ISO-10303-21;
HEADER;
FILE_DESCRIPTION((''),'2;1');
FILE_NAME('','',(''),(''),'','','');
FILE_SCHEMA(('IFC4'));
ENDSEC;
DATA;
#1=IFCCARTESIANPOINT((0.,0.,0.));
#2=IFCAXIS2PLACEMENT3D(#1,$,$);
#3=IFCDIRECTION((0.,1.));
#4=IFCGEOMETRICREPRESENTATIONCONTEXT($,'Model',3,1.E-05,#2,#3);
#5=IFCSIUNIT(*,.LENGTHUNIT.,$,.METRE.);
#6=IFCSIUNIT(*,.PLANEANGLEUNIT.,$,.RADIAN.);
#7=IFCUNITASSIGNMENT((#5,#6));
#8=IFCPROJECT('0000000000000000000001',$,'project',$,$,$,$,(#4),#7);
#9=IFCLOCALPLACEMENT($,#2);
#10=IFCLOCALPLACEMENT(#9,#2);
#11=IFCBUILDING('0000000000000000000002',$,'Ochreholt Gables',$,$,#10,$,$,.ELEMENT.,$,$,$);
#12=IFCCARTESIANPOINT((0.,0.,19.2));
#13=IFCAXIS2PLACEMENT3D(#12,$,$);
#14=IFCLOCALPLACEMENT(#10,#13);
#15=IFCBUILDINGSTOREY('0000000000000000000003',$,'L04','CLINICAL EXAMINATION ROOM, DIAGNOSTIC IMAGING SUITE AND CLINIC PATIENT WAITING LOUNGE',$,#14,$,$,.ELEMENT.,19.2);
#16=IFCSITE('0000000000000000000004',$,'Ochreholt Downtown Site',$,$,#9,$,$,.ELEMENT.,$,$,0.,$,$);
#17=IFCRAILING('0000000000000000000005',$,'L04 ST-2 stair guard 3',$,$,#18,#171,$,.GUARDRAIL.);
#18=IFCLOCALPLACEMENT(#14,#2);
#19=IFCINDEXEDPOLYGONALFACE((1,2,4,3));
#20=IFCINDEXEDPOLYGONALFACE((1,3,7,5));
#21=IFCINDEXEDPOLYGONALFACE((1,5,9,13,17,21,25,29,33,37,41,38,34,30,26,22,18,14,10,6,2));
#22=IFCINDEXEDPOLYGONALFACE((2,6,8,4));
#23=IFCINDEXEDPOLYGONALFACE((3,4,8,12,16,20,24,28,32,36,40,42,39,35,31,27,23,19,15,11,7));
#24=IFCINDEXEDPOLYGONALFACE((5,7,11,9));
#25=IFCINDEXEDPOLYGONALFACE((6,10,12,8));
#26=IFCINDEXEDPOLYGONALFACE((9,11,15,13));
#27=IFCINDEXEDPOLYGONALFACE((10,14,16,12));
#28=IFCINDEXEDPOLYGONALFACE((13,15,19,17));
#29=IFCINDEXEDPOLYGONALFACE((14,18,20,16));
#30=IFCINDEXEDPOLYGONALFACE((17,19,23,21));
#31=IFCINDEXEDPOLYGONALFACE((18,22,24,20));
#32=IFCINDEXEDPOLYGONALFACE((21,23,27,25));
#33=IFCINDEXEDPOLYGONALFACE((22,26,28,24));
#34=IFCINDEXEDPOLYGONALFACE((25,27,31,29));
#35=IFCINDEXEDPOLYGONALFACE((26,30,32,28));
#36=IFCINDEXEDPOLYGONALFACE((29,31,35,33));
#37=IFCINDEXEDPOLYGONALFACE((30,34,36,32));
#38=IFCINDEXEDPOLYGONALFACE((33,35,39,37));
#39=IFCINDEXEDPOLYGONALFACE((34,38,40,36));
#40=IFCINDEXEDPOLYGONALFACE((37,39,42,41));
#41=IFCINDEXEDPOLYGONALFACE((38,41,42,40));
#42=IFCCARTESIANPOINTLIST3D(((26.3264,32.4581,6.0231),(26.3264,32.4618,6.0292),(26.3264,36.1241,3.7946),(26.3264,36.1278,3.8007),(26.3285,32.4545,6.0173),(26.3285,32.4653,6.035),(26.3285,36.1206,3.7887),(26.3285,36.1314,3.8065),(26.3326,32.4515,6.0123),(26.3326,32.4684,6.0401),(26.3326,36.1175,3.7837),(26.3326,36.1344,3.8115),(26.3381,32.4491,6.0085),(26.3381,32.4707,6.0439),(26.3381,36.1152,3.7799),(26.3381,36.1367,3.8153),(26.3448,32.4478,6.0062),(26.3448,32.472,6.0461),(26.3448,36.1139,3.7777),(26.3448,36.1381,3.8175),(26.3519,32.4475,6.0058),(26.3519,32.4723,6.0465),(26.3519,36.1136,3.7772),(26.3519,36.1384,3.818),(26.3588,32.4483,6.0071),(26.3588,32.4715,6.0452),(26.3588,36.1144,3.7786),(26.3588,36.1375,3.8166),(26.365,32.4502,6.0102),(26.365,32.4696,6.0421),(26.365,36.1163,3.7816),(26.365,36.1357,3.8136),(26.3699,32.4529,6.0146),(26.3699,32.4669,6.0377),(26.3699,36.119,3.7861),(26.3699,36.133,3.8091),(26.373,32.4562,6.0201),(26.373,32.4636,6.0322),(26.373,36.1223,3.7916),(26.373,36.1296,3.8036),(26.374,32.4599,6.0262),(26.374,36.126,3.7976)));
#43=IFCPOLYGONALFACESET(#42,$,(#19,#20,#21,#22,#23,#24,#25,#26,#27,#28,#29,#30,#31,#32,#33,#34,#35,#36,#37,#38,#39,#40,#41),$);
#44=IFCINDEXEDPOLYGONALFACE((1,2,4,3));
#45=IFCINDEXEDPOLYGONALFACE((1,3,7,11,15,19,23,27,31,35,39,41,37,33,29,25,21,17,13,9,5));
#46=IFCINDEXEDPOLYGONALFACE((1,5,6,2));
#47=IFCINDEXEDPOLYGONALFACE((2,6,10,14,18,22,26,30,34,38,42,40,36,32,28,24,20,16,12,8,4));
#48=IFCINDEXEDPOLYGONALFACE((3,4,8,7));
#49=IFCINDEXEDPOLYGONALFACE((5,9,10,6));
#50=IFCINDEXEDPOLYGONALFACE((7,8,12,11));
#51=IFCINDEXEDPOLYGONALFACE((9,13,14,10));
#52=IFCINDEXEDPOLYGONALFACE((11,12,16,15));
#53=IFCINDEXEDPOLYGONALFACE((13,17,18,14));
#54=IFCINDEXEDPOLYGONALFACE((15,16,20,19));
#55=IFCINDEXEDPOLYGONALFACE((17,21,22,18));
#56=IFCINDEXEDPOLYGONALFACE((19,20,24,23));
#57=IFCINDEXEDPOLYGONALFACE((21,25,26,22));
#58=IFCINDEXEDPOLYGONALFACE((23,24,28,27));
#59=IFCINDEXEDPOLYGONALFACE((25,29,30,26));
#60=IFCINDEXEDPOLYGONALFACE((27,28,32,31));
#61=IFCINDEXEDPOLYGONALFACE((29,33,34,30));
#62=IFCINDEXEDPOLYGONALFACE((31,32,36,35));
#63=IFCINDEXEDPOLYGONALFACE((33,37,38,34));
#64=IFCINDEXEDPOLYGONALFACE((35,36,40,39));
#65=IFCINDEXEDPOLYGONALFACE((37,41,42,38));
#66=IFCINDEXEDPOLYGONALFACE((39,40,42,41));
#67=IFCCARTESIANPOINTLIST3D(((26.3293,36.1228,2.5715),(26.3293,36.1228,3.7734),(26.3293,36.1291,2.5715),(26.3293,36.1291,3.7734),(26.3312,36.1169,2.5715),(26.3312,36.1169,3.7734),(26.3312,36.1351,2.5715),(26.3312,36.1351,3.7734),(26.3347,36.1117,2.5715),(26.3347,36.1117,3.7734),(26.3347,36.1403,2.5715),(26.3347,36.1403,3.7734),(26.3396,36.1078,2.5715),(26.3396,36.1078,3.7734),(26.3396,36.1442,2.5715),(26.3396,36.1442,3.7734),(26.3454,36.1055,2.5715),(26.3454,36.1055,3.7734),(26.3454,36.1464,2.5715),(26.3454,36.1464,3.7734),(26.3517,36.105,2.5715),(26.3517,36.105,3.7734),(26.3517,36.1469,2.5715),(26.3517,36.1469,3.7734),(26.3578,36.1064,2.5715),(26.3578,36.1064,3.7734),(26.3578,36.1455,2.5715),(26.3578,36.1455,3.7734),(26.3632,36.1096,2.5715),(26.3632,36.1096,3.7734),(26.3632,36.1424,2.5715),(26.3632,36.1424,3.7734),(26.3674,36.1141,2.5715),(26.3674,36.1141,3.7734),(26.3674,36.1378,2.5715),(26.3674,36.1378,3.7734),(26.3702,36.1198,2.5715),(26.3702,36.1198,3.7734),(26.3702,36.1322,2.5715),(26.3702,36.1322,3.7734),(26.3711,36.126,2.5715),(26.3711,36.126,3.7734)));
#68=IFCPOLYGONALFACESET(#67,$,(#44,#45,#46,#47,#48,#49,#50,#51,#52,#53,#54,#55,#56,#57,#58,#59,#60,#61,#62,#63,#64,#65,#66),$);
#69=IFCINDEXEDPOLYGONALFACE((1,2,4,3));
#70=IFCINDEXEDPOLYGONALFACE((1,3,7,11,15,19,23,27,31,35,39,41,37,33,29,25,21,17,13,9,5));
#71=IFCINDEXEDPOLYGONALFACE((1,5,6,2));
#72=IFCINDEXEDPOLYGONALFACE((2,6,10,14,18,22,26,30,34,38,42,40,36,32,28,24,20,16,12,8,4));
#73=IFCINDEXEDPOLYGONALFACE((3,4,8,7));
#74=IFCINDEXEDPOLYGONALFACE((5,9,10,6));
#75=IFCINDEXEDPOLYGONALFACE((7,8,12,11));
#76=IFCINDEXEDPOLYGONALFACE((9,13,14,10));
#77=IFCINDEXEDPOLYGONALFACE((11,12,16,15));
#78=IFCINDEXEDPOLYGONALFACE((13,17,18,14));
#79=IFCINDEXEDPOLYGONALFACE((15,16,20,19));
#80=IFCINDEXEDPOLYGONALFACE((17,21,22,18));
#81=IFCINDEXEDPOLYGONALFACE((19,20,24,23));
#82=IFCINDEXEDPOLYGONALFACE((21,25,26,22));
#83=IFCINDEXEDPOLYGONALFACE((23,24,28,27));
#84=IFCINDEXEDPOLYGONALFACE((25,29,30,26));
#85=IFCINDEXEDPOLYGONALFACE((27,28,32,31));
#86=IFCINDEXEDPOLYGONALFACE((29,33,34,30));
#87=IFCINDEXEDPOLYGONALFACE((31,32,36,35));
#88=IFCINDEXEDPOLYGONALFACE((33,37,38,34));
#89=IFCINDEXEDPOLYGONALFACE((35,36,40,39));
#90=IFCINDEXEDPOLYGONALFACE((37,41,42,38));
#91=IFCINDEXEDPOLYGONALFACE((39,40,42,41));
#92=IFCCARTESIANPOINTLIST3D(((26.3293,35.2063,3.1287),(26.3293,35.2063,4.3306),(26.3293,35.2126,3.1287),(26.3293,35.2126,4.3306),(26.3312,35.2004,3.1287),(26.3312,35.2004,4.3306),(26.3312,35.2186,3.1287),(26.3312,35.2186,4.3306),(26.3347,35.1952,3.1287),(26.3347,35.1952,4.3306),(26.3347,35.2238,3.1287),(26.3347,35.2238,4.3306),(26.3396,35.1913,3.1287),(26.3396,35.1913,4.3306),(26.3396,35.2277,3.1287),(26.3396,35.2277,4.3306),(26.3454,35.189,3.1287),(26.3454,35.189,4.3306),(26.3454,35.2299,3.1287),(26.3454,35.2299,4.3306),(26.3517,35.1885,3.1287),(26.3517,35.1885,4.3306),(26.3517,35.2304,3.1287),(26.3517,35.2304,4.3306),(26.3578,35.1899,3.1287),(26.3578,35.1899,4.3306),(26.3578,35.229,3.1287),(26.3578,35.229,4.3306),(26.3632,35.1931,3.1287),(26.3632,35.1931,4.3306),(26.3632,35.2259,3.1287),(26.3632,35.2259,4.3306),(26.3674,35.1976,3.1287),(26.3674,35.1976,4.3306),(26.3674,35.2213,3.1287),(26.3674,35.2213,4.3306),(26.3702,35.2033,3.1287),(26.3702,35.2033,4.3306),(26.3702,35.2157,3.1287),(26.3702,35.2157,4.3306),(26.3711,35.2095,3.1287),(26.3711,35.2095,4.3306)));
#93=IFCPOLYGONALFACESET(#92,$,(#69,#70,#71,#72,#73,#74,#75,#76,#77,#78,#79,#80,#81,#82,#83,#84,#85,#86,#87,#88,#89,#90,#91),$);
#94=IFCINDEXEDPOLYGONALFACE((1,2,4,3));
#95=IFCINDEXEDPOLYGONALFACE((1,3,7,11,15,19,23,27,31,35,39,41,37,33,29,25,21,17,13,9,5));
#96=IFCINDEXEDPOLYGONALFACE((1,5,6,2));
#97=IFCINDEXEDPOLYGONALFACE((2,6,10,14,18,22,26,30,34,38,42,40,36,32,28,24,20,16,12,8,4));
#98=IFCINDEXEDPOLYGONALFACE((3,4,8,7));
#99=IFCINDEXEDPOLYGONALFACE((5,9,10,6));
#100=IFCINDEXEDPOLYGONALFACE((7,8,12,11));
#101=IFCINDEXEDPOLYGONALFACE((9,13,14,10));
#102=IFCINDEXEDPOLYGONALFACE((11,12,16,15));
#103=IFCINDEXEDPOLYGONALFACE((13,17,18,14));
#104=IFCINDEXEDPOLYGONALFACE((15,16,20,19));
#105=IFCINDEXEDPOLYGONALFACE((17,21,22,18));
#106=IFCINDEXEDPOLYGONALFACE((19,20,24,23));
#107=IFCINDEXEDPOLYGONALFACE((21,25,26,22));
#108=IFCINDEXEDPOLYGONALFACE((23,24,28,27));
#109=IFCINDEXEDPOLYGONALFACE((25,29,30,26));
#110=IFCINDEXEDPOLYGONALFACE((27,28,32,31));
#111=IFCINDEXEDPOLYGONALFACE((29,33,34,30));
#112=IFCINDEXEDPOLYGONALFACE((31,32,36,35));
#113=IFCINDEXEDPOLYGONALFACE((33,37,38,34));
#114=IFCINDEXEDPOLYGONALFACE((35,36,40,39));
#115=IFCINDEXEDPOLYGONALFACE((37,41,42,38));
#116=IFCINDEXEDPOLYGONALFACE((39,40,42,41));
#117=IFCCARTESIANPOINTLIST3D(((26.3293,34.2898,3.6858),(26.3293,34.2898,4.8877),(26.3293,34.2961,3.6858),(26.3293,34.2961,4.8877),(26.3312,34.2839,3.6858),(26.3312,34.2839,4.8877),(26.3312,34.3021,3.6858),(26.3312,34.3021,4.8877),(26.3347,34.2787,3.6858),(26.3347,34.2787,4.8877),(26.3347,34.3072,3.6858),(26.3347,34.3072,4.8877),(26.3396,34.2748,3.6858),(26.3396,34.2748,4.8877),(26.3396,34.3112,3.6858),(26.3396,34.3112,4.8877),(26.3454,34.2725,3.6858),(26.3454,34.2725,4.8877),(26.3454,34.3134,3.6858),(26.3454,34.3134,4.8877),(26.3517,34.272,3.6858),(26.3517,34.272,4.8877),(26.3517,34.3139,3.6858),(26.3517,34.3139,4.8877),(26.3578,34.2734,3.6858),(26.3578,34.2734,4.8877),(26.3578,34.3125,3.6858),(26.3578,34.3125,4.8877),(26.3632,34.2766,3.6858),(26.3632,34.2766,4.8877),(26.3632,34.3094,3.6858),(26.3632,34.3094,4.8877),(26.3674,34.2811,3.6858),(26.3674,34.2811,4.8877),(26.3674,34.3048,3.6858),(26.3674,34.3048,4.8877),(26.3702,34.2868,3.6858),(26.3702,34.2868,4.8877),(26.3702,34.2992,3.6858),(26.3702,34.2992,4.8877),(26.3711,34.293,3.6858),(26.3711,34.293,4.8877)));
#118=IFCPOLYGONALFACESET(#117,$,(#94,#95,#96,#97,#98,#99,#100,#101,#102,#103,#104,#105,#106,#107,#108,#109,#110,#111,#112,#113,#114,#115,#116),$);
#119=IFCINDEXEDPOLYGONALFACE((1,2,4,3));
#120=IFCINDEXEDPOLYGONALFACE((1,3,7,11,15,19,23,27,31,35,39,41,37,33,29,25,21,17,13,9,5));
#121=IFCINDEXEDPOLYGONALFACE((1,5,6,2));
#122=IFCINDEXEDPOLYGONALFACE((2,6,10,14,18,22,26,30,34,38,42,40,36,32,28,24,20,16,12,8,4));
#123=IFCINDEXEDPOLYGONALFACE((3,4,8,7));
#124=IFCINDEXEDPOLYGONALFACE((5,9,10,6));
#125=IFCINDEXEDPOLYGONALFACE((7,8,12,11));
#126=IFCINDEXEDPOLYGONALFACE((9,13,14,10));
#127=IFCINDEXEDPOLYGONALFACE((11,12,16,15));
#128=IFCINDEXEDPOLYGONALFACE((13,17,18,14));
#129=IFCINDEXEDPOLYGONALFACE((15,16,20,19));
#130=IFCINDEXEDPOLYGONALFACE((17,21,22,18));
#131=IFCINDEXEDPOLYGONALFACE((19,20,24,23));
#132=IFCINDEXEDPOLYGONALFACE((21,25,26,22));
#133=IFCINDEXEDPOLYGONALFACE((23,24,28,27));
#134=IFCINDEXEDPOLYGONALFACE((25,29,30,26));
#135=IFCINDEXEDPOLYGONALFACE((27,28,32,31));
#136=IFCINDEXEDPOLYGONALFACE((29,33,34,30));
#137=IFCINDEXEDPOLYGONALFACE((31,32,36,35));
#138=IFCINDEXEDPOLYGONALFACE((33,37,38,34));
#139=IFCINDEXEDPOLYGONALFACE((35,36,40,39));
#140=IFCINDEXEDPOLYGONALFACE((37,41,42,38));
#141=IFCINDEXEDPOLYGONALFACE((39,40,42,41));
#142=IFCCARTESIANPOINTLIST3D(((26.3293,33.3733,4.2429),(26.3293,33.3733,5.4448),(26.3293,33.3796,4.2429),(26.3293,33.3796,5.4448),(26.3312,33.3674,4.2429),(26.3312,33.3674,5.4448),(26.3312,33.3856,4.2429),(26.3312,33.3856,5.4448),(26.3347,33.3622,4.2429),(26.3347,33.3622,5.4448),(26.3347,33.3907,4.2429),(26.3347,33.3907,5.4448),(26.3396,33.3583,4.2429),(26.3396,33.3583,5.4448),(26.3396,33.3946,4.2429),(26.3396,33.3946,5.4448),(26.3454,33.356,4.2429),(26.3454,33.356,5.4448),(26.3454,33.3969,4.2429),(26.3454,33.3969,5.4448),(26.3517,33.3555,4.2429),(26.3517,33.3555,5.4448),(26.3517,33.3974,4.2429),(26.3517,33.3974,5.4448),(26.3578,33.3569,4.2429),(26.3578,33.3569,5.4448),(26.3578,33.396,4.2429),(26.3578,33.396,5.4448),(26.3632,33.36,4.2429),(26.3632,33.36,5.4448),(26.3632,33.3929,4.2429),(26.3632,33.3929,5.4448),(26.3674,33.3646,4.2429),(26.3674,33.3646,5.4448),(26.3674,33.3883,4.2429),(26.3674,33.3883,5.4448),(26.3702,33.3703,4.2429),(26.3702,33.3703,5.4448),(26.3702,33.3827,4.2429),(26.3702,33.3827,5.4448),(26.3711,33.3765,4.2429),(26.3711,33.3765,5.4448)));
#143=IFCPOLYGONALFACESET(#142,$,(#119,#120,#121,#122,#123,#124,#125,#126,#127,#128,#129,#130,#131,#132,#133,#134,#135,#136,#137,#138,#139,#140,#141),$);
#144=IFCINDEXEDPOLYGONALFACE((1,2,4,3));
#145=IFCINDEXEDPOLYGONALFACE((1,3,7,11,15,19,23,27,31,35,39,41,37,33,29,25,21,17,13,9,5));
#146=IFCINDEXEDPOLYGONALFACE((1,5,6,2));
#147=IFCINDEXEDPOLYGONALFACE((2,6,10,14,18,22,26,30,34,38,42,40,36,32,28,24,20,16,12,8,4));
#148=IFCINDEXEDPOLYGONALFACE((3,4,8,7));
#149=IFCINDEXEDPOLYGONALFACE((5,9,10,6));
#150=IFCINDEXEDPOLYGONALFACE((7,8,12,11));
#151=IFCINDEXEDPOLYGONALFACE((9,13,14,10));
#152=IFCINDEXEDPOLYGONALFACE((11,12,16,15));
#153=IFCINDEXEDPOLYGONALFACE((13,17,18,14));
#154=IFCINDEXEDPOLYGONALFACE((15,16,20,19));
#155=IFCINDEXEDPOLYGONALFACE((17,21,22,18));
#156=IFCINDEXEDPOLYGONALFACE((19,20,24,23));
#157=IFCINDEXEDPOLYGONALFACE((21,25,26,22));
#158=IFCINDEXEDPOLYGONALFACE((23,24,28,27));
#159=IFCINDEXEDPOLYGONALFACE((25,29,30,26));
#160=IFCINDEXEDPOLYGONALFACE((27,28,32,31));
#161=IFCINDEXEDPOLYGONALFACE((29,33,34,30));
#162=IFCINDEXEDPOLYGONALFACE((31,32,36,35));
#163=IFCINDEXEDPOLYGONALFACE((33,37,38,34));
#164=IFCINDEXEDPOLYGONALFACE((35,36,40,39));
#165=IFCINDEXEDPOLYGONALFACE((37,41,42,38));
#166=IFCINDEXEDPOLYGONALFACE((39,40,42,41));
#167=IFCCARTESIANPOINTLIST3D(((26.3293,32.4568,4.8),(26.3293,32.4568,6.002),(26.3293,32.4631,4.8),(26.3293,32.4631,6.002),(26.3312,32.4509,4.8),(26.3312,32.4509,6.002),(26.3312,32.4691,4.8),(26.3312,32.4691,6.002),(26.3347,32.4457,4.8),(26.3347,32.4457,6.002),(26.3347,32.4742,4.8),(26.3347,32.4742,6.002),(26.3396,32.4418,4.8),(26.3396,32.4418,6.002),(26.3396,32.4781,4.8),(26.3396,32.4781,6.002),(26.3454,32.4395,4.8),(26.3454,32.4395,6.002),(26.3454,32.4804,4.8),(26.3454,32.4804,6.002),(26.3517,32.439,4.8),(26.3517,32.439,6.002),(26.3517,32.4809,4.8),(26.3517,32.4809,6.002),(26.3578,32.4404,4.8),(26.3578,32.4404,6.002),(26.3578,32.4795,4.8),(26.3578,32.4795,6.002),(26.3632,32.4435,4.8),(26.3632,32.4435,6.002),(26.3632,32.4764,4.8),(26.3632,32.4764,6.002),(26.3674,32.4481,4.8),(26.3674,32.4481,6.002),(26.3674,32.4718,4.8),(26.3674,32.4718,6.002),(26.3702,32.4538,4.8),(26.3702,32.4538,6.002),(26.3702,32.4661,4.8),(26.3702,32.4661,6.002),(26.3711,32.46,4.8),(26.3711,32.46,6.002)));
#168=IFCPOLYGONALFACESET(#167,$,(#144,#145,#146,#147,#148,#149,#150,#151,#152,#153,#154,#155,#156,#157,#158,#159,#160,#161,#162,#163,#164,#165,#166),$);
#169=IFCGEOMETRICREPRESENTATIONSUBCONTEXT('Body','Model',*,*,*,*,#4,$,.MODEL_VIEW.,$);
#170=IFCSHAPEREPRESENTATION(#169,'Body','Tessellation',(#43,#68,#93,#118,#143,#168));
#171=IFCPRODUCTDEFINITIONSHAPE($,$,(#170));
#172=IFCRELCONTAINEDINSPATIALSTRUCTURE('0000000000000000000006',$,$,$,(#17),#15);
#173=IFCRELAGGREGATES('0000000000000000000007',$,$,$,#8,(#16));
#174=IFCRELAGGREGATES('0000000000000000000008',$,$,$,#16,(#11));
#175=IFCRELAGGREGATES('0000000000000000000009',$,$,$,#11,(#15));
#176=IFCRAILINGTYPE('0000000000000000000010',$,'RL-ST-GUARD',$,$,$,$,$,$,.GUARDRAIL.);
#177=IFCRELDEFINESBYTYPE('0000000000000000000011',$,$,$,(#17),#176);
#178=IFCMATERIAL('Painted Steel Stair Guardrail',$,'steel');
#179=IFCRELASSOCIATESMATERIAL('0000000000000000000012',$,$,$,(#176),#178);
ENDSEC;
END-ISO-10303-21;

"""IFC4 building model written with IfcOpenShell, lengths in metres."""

from ifc_helpers import new_model, si_unit, direction, frame, origin, origin_2d, place, context, subcontext, project, spatial, circle, extrude, material, type_object, element, save


model = new_model("IFC4")

# Units and contexts
model_context = context("Model", 3, precision=1e-05, world=origin(), true_north=direction((0.0, 1.0)))
body_context = subcontext(model_context, "Body", "Model", "MODEL_VIEW")
ifc_project = project(units=[si_unit("LENGTHUNIT", "METRE"), si_unit("PLANEANGLEUNIT", "RADIAN")], contexts=[model_context])

# Site, building, storey
site_placement = place(None, origin())
site = spatial("IfcSite", under=ifc_project, at=site_placement, Name="Ochreholt Downtown Site", CompositionType="ELEMENT", RefElevation=0.0)
building_placement = place(site_placement, origin())
building = spatial("IfcBuilding", under=site, at=building_placement, Name="Ochreholt Gables", CompositionType="ELEMENT")
storey_placement = place(building_placement, frame((0.0, 0.0, 19.2)))
storey = spatial("IfcBuildingStorey", under=building, at=storey_placement, Name="L04", Description="CLINICAL EXAMINATION ROOM, DIAGNOSTIC IMAGING SUITE AND CLINIC PATIENT WAITING LOUNGE", CompositionType="ELEMENT", Elevation=19.2)

# Railing
ifc_material_1 = material(Name="Painted Steel Stair Guardrail", Category="steel")
railing_type_1 = type_object("IfcRailingType", Name="RL-ST-GUARD", PredefinedType="GUARDRAIL", material=ifc_material_1)
railing_1_placement = place(storey_placement, frame((26.3501, 36.126, 2.5715)))
element("IfcRailing", 1, at=railing_1_placement, inside=storey, type_object=railing_type_1, Name="L04 ST-2 stair guard 3", PredefinedType="GUARDRAIL", context=body_context, shape_type="SweptSolid", body=[
    extrude(circle(Radius=0.0239, at=origin_2d()), frame((0.0, 0.0, 1.2261), z_axis=(0.0, -0.854506, 0.519441), x_axis=(1.0, 0.0, 0.0)), (0.0, 0.0, 1.0), 4.2903),
    extrude(circle(Radius=0.021, at=origin_2d()), origin(), (0.0, 0.0, 1.0), 1.2019),
    extrude(circle(Radius=0.021, at=origin_2d()), frame((0.0, -0.9165, 0.5571)), (0.0, 0.0, 1.0), 1.2019),
    extrude(circle(Radius=0.021, at=origin_2d()), frame((0.0, -1.833, 1.1143)), (0.0, 0.0, 1.0), 1.2019),
    extrude(circle(Radius=0.021, at=origin_2d()), frame((0.0, -2.7495, 1.6714)), (0.0, 0.0, 1.0), 1.2019),
    extrude(circle(Radius=0.021, at=origin_2d()), frame((0.0, -3.666, 2.2285)), (0.0, 0.0, 1.0), 1.2019),
])

save(model, "model.ifc")
